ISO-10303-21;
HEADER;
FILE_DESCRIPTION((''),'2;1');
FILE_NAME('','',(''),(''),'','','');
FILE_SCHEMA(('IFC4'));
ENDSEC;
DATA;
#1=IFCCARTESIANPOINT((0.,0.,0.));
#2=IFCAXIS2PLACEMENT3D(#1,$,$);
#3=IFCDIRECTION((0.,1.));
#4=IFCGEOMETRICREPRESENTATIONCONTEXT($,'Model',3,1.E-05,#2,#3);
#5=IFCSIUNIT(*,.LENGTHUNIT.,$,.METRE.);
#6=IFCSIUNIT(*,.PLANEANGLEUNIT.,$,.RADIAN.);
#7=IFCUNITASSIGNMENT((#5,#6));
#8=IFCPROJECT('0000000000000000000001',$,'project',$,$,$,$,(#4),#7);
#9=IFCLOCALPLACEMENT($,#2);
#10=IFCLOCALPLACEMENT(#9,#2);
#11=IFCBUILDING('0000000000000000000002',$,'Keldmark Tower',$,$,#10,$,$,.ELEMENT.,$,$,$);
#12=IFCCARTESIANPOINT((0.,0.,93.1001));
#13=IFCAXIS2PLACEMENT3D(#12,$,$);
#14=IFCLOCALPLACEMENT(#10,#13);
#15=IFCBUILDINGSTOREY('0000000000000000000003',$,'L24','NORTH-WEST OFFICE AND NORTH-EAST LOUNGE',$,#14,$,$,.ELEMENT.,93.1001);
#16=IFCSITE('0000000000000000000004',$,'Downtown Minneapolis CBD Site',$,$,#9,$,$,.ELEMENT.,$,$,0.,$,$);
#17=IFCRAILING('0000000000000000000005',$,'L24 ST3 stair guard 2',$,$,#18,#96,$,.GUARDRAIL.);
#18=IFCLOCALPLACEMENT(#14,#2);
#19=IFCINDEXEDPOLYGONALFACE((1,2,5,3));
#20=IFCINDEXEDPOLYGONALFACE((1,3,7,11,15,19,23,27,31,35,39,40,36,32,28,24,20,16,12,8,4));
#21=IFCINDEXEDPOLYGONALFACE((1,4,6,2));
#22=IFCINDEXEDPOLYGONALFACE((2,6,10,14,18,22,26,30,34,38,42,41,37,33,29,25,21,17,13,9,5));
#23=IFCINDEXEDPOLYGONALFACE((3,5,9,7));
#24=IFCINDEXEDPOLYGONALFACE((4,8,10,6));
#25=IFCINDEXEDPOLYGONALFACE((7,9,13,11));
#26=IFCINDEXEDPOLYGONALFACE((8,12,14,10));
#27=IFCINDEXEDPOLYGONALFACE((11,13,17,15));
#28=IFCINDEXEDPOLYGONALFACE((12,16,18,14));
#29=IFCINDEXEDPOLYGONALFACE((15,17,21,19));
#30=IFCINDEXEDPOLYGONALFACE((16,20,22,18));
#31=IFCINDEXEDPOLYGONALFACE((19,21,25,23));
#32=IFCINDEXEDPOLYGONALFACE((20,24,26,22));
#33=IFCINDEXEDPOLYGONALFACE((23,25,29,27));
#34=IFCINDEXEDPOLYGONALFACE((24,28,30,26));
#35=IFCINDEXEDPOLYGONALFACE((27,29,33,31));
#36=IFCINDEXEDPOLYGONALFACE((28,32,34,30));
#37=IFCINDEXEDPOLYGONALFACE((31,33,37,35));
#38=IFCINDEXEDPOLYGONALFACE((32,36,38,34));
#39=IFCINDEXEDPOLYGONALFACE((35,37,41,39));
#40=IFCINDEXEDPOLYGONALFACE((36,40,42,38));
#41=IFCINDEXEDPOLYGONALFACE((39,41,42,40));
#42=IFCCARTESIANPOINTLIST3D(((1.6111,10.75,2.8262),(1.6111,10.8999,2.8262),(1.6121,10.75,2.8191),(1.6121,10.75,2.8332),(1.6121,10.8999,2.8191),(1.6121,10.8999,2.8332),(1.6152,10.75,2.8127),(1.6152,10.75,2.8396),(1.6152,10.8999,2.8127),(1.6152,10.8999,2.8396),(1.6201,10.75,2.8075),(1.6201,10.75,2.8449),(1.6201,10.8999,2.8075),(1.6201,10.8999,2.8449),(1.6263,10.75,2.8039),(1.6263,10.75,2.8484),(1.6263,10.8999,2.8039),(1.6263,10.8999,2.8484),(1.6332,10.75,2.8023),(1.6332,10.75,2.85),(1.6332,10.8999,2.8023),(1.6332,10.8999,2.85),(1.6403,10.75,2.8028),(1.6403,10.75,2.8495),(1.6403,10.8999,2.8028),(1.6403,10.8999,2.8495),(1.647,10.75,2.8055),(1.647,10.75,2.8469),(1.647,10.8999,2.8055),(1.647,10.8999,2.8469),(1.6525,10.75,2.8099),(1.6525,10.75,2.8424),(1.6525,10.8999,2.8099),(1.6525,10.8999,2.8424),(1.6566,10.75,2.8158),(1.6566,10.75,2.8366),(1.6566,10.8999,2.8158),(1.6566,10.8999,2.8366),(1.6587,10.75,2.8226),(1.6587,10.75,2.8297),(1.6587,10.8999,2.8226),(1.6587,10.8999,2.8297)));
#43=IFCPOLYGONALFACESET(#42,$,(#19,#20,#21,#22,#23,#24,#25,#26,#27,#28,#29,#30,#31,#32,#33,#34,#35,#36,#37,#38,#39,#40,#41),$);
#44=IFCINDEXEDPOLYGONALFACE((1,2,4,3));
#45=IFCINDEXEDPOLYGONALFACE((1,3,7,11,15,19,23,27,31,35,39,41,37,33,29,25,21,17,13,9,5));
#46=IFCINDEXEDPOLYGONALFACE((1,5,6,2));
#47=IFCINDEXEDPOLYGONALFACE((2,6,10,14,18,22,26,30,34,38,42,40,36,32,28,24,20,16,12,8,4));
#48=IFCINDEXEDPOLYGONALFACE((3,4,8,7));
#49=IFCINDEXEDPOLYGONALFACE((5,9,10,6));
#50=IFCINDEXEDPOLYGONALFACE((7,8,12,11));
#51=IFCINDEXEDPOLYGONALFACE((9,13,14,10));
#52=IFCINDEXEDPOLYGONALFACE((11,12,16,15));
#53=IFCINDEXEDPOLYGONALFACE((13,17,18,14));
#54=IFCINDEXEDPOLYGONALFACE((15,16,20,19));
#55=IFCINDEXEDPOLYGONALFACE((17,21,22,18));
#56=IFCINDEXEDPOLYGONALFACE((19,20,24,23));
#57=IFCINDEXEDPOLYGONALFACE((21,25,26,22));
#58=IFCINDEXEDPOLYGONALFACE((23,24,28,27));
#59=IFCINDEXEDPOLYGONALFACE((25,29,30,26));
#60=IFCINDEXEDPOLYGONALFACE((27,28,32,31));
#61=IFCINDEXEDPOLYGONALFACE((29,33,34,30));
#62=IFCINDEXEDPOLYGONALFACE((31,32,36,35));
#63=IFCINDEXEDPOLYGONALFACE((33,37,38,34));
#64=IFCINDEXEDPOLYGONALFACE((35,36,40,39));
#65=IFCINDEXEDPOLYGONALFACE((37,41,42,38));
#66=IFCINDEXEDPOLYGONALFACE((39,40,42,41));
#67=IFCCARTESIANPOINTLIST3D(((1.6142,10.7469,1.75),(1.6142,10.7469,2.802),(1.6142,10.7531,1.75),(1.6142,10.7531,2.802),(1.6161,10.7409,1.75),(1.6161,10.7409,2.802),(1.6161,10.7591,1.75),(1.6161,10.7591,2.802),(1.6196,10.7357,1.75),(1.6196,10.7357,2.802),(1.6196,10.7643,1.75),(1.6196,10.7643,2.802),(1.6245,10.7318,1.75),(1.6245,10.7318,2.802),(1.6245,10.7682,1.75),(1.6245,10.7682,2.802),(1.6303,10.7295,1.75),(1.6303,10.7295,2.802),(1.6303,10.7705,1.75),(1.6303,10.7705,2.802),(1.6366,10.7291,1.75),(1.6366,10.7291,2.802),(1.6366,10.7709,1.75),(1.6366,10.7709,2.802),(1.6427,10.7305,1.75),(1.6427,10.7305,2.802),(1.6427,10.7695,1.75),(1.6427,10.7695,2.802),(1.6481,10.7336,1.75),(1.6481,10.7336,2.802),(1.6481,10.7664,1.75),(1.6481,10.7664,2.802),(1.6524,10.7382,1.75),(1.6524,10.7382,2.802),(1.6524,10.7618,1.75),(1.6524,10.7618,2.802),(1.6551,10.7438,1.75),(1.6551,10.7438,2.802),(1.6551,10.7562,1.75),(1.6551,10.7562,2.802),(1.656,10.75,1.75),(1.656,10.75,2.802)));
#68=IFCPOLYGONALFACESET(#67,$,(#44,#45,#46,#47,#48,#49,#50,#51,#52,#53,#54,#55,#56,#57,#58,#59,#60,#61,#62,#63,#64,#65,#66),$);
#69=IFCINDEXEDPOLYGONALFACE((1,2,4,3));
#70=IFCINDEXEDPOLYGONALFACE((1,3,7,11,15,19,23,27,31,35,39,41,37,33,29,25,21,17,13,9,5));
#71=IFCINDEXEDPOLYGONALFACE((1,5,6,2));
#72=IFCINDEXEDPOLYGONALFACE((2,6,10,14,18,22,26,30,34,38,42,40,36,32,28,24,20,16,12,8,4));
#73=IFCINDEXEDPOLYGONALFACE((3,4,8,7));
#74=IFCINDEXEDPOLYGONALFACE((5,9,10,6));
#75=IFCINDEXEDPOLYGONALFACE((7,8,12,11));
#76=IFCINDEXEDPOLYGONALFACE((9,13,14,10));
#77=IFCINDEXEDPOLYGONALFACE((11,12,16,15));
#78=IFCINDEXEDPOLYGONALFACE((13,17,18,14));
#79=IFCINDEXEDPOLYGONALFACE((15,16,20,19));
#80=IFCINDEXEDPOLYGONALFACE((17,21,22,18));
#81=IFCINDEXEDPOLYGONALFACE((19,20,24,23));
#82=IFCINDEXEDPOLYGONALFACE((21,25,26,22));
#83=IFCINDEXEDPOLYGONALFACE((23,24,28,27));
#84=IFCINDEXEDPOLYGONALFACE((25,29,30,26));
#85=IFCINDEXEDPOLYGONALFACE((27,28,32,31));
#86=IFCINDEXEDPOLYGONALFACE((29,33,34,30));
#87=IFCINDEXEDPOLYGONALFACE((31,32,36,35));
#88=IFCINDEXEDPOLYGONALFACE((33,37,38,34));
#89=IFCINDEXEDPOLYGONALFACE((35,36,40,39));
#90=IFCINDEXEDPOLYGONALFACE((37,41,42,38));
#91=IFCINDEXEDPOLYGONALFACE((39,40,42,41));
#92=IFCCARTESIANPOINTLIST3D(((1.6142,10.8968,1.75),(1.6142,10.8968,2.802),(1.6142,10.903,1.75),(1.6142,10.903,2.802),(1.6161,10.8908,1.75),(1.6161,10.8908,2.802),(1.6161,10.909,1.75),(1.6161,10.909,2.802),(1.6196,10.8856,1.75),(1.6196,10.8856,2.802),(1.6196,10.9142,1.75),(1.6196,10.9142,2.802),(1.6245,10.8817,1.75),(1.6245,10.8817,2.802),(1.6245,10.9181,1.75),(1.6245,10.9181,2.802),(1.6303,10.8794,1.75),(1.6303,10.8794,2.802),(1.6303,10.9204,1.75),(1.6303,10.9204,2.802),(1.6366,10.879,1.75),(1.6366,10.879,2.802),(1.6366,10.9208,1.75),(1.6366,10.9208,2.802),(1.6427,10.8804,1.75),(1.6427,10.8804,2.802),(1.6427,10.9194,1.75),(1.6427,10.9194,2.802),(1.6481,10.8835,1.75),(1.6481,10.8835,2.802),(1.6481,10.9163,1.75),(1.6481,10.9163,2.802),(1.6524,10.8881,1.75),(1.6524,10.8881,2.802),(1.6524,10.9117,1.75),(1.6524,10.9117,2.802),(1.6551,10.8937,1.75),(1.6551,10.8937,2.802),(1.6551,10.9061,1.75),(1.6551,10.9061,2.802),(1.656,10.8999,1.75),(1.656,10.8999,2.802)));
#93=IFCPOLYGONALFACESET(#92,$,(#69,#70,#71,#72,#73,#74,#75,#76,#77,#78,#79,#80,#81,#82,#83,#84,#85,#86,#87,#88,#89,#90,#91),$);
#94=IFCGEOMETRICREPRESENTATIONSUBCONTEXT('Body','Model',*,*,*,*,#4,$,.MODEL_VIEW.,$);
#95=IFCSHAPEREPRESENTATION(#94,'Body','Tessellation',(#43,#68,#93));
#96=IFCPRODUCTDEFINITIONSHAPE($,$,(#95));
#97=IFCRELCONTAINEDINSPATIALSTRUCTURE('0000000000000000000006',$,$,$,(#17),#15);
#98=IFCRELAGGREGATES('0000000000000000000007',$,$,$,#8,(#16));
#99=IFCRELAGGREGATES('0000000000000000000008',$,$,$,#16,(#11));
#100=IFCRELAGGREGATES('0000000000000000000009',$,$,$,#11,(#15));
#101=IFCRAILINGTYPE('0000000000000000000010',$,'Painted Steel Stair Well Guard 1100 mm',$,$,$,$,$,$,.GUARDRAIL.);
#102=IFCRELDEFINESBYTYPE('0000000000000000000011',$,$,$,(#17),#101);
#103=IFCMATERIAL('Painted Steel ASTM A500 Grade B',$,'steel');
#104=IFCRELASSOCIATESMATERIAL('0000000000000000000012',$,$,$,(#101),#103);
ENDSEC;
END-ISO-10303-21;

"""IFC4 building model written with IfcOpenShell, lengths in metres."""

from ifc_helpers import new_model, si_unit, direction, frame, origin, origin_2d, place, context, subcontext, project, spatial, circle, extrude, material, type_object, element, save


model = new_model("IFC4")

# Units and contexts
model_context = context("Model", 3, precision=1e-05, world=origin(), true_north=direction((0.0, 1.0)))
body_context = subcontext(model_context, "Body", "Model", "MODEL_VIEW")
ifc_project = project(units=[si_unit("LENGTHUNIT", "METRE"), si_unit("PLANEANGLEUNIT", "RADIAN")], contexts=[model_context])

# Site, building, storey
site_placement = place(None, origin())
site = spatial("IfcSite", under=ifc_project, at=site_placement, Name="Downtown Minneapolis CBD Site", CompositionType="ELEMENT", RefElevation=0.0)
building_placement = place(site_placement, origin())
building = spatial("IfcBuilding", under=site, at=building_placement, Name="Keldmark Tower", CompositionType="ELEMENT")
storey_placement = place(building_placement, frame((0.0, 0.0, 93.1001)))
storey = spatial("IfcBuildingStorey", under=building, at=storey_placement, Name="L24", Description="NORTH-WEST OFFICE AND NORTH-EAST LOUNGE", CompositionType="ELEMENT", Elevation=93.1001)

# Railing
ifc_material_1 = material(Name="Painted Steel ASTM A500 Grade B", Category="steel")
railing_type_1 = type_object("IfcRailingType", Name="Painted Steel Stair Well Guard 1100 mm", PredefinedType="GUARDRAIL", material=ifc_material_1)
railing_1_placement = place(storey_placement, frame((1.635, 10.75, 1.75)))
element("IfcRailing", 1, at=railing_1_placement, inside=storey, type_object=railing_type_1, Name="L24 ST3 stair guard 2", PredefinedType="GUARDRAIL", context=body_context, shape_type="SweptSolid", body=[
    extrude(circle(Radius=0.0239, at=origin_2d()), frame((0.0, 0.0, 1.0762), z_axis=(0.0, 1.0, 0.0), x_axis=(-1.0, 0.0, 0.0)), (0.0, 0.0, 1.0), 0.1499),
    extrude(circle(Radius=0.021, at=origin_2d()), origin(), (0.0, 0.0, 1.0), 1.052),
    extrude(circle(Radius=0.021, at=origin_2d()), frame((0.0, 0.1499, 0.0)), (0.0, 0.0, 1.0), 1.052),
])

save(model, "model.ifc")
